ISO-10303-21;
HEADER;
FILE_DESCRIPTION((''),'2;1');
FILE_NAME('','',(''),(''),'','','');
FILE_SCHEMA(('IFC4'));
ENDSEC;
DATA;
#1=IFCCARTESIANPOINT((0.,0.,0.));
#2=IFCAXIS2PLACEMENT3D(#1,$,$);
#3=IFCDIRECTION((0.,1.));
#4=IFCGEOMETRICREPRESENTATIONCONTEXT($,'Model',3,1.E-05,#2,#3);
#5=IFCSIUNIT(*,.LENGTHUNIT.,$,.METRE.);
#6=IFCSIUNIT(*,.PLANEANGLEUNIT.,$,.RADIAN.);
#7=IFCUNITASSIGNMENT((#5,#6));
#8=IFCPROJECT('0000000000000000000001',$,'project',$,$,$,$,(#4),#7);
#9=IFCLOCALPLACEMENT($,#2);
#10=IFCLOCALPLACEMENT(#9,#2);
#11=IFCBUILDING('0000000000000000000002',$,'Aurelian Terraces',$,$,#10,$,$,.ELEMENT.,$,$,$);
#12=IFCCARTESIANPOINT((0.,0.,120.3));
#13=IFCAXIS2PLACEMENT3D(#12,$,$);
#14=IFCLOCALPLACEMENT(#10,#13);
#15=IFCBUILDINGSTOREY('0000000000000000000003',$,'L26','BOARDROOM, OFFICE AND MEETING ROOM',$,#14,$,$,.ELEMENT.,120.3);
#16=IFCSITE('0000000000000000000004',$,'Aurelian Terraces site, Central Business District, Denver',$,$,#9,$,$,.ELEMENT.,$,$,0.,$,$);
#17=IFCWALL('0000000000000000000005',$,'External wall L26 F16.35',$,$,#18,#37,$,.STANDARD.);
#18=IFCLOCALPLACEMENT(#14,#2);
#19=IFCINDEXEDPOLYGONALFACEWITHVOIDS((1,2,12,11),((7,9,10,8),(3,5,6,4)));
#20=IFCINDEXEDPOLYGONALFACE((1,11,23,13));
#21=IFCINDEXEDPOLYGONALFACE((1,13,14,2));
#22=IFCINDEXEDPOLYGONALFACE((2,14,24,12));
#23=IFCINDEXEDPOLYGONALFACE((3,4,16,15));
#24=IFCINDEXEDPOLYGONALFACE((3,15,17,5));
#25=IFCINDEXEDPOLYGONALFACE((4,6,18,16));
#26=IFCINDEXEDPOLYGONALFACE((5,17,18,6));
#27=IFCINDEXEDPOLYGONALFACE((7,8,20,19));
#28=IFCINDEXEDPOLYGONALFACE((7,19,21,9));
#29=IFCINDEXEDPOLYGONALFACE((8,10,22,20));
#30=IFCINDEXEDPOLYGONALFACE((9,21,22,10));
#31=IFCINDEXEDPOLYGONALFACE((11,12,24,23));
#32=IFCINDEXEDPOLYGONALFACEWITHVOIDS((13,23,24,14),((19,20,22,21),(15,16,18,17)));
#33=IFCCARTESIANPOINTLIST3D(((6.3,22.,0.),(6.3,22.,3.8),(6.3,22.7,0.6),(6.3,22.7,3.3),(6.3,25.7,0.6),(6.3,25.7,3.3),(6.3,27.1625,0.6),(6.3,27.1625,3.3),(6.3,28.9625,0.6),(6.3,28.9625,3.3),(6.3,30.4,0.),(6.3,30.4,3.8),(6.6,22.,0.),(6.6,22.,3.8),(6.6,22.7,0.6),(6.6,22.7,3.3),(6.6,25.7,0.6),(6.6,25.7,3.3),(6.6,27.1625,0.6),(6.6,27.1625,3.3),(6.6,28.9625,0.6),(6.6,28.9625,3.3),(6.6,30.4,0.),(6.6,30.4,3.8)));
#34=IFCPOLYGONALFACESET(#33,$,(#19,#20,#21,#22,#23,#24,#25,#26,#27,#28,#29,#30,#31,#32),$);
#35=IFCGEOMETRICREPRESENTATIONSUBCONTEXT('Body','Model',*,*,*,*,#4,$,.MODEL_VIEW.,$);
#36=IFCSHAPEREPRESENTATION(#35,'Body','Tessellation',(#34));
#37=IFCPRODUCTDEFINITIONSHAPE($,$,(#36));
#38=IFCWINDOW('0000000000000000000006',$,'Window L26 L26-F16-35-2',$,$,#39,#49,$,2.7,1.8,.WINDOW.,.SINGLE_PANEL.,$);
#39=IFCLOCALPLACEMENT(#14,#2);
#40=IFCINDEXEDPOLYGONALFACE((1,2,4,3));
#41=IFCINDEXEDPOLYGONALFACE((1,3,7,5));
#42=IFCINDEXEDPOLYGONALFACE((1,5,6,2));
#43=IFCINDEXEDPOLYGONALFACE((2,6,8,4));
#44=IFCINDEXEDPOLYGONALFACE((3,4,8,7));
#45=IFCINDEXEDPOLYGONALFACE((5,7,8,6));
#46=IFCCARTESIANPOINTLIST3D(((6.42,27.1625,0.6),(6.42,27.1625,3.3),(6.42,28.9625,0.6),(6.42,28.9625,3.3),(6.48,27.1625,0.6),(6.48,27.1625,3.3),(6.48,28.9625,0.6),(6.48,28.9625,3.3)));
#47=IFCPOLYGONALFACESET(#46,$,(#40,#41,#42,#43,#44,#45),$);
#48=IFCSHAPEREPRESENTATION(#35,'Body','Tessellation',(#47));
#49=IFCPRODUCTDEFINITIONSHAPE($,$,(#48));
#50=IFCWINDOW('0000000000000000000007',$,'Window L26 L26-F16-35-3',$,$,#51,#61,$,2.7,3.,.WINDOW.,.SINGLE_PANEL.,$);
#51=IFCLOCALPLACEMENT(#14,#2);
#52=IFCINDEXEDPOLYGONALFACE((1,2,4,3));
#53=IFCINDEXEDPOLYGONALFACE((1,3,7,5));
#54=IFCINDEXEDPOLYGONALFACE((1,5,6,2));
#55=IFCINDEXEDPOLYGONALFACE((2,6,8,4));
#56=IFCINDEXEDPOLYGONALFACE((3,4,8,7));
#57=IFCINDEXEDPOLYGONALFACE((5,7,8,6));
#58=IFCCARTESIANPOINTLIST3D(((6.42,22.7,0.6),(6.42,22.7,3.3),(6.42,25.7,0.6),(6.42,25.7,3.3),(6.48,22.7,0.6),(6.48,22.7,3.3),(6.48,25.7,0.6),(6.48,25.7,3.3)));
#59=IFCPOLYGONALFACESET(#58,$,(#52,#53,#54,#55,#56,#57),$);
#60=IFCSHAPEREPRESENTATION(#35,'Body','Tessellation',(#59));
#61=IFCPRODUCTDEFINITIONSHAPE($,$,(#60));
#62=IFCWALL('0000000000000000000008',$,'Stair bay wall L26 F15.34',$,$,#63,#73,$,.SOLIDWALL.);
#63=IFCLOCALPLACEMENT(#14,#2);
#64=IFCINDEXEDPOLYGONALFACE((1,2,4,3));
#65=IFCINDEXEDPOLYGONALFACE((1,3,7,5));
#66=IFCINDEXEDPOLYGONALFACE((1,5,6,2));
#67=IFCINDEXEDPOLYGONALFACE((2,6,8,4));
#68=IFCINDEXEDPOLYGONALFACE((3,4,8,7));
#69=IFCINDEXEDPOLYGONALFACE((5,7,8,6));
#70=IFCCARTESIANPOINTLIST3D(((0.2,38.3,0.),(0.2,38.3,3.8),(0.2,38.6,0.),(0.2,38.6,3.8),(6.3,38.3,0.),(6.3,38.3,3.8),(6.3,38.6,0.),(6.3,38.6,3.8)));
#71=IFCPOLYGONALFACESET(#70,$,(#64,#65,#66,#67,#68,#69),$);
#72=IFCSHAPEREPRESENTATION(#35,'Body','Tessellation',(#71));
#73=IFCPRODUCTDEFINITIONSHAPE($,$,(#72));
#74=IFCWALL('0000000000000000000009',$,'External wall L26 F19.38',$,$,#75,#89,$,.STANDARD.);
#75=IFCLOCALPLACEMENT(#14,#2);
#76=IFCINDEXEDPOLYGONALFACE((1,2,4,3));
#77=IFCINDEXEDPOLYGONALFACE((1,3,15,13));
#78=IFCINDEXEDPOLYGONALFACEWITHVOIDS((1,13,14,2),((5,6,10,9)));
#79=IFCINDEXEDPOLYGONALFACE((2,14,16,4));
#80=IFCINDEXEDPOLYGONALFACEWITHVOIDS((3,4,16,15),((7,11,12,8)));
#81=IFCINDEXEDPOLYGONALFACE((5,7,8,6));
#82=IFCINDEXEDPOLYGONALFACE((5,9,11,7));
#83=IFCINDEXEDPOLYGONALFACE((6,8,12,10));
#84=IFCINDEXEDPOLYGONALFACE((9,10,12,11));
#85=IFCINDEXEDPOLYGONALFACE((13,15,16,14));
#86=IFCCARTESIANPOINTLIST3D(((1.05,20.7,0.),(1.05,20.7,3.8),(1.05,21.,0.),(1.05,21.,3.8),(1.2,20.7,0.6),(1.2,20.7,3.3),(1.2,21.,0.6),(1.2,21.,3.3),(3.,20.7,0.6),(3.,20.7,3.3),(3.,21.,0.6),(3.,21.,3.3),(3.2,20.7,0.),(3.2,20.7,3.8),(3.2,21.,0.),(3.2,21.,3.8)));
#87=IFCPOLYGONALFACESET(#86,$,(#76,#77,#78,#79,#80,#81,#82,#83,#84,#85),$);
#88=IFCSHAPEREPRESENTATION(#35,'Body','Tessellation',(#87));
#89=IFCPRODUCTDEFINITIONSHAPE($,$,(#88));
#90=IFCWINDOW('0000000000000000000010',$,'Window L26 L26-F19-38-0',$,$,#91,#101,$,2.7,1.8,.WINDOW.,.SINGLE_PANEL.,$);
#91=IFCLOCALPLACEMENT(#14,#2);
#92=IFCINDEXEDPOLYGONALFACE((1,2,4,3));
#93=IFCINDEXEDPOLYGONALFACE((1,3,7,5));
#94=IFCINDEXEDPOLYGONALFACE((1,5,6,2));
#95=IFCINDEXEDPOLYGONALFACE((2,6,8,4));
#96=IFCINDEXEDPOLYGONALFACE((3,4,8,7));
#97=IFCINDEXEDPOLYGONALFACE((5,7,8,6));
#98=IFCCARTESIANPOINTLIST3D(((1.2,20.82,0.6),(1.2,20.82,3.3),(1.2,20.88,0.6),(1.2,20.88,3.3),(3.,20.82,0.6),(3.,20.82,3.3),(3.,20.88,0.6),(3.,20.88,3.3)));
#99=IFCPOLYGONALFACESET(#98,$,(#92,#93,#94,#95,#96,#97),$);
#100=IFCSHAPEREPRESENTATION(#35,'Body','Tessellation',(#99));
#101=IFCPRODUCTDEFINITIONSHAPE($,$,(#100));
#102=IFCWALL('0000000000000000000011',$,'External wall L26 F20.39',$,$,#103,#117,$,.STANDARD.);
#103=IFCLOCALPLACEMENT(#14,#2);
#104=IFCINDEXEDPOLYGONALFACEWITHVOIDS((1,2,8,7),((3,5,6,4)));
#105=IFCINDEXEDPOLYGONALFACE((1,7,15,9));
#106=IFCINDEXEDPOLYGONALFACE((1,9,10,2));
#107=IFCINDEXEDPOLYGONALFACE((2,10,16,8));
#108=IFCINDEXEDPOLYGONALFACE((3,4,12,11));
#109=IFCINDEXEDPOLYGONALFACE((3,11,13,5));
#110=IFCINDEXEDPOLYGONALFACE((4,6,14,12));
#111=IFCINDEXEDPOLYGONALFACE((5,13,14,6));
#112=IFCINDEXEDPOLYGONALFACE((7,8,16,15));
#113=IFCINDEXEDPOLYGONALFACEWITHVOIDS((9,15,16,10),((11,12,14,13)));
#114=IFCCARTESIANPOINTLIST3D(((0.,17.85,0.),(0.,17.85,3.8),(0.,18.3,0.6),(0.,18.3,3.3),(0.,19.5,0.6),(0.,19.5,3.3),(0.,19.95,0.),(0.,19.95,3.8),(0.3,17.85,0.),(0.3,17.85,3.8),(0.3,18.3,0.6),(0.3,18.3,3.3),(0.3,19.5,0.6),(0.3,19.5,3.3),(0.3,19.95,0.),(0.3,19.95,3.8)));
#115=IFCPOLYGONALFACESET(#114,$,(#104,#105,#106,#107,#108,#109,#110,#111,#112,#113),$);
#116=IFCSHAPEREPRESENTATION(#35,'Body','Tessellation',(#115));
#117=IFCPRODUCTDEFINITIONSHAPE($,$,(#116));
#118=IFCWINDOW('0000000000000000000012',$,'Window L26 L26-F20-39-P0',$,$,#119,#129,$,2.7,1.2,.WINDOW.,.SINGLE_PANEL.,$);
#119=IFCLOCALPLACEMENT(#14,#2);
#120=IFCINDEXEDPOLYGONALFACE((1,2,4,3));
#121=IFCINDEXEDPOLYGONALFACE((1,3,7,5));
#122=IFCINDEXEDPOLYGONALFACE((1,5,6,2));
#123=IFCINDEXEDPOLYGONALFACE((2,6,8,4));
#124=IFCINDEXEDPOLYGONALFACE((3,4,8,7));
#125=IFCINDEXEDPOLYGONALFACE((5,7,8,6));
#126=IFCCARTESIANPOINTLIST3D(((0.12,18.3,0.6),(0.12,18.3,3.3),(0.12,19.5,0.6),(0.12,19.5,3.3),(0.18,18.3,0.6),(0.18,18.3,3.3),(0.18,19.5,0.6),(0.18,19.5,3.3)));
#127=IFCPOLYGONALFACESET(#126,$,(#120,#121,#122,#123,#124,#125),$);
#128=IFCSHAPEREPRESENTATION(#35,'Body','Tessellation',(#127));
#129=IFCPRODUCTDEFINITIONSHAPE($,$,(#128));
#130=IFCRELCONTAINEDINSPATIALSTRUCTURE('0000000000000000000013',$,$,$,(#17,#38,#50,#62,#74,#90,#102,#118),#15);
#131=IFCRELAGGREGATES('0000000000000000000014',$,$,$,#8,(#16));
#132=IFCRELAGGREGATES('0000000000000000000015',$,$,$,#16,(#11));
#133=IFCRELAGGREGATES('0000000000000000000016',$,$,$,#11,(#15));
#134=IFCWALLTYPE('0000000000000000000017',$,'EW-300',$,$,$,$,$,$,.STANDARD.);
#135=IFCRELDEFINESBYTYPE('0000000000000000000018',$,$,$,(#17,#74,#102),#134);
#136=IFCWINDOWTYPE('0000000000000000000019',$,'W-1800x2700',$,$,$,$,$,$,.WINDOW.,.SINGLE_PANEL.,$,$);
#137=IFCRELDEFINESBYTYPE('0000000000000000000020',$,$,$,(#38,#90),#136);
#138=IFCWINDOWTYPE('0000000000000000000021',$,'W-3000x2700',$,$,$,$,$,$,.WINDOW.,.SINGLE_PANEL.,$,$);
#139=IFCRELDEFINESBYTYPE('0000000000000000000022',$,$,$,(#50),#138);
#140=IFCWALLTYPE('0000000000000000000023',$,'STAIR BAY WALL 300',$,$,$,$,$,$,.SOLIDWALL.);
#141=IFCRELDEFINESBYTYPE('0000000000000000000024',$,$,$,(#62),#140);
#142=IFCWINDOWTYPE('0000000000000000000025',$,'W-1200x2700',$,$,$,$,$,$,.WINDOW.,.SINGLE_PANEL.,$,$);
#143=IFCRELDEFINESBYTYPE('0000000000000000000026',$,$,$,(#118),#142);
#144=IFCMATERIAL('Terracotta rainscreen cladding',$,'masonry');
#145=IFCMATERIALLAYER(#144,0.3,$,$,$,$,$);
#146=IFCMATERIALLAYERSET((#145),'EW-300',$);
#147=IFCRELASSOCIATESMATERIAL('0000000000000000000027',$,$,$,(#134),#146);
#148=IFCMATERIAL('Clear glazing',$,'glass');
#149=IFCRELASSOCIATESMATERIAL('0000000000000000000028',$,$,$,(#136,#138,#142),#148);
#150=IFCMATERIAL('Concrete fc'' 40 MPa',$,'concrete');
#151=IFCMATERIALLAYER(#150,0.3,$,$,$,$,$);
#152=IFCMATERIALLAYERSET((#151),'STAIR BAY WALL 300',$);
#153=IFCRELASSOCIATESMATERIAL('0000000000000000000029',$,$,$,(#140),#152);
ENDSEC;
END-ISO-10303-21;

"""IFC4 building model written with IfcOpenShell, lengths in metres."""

from ifc_helpers import new_model, si_unit, direction, frame, frame_2d, origin, place, context, subcontext, project, spatial, rectangle, extrude, source, transform, mapped, material, layer, layer_set, type_object, element, fill, save


model = new_model("IFC4")

# Units and contexts
model_context = context("Model", 3, precision=1e-05, world=origin(), true_north=direction((0.0, 1.0)))
body_context = subcontext(model_context, "Body", "Model", "MODEL_VIEW")
ifc_project = project(units=[si_unit("LENGTHUNIT", "METRE"), si_unit("PLANEANGLEUNIT", "RADIAN")], contexts=[model_context])

# Site, building, storey
site_placement = place(None, origin())
site = spatial("IfcSite", under=ifc_project, at=site_placement, Name="Aurelian Terraces site, Central Business District, Denver", CompositionType="ELEMENT", RefElevation=0.0)
building_placement = place(site_placement, origin())
building = spatial("IfcBuilding", under=site, at=building_placement, Name="Aurelian Terraces", CompositionType="ELEMENT")
storey_placement = place(building_placement, frame((0.0, 0.0, 120.3)))
storey = spatial("IfcBuildingStorey", under=building, at=storey_placement, Name="L26", Description="BOARDROOM, OFFICE AND MEETING ROOM", CompositionType="ELEMENT", Elevation=120.3)

# Shared definitions
ifc_material_1 = material(Name="Concrete fc' 40 MPa", Category="concrete")

# Shared definitions
ifc_material_2 = material(Name="Terracotta rainscreen cladding", Category="masonry")
ifc_layer_1 = layer(ifc_material_2, 0.3)
ifc_layer_set_1 = layer_set([ifc_layer_1], Name="EW-300")
wall_type_1 = type_object("IfcWallType", Name="EW-300", PredefinedType="STANDARD", material=ifc_layer_set_1)
shared_shape_1 = source(origin(), body_context, "Body", "SweptSolid", [
    extrude(rectangle(XDim=1.8, YDim=2.7, at=frame_2d((0.9, 1.35))), frame((0.0, 0.16, 0.0), z_axis=(0.0, -1.0, 0.0), x_axis=(1.0, 0.0, 0.0)), (0.0, 0.0, 1.0), 0.32),
])
ifc_material_3 = material(Name="Clear glazing", Category="glass")
window_type_1 = type_object("IfcWindowType", Name="W-1800x2700", PartitioningType="SINGLE_PANEL", PredefinedType="WINDOW", material=ifc_material_3)
shared_shape_2 = source(origin(), body_context, "Body", "SweptSolid", [
    extrude(rectangle(XDim=1.8, YDim=2.7, at=frame_2d((0.9, 1.35))), frame((0.0, 0.03, 0.0), z_axis=(0.0, -1.0, 0.0), x_axis=(1.0, 0.0, 0.0)), (0.0, 0.0, 1.0), 0.06),
])
ifc_layer_2 = layer(ifc_material_1, 0.3)
ifc_layer_set_2 = layer_set([ifc_layer_2], Name="STAIR BAY WALL 300")
wall_type_2 = type_object("IfcWallType", Name="STAIR BAY WALL 300", PredefinedType="SOLIDWALL", material=ifc_layer_set_2)

# Wall, openings, windows
shared_shape_3 = source(origin(), body_context, "Body", "SweptSolid", [
    extrude(rectangle(XDim=8.4, YDim=0.3, at=frame_2d((4.2, 0.0))), origin(), (0.0, 0.0, 1.0), 3.8),
])
wall_1_placement = place(storey_placement, frame((6.45, 30.4, 0.0), z_axis=(0.0, 0.0, 1.0), x_axis=(0.0, -1.0, 0.0)))
wall_1 = element("IfcWall", 1, at=wall_1_placement, inside=storey, type_object=wall_type_1, Name="External wall L26 F16.35", PredefinedType="STANDARD", context=body_context, shape_type="MappedRepresentation", body=[
    mapped(shared_shape_3, transform((0.0, 0.0, 0.0), scale=1.0)),
])
opening_1_placement = place(wall_1_placement, frame((1.4375, 0.0, 0.6)))
opening_1 = element("IfcOpeningElement", 2, at=opening_1_placement, cuts=wall_1, PredefinedType="OPENING", context=body_context, shape_type="MappedRepresentation", body=[
    mapped(shared_shape_1, transform((0.0, 0.0, 0.0), scale=1.0)),
])
shared_shape_4 = source(origin(), body_context, "Body", "SweptSolid", [
    extrude(rectangle(XDim=3.0, YDim=2.7, at=frame_2d((1.5, 1.35))), frame((0.0, 0.16, 0.0), z_axis=(0.0, -1.0, 0.0), x_axis=(1.0, 0.0, 0.0)), (0.0, 0.0, 1.0), 0.32),
])
opening_2_placement = place(wall_1_placement, frame((4.7, 0.0, 0.6)))
opening_2 = element("IfcOpeningElement", 3, at=opening_2_placement, cuts=wall_1, PredefinedType="OPENING", context=body_context, shape_type="MappedRepresentation", body=[
    mapped(shared_shape_4, transform((0.0, 0.0, 0.0), scale=1.0)),
])
window_1_placement = place(opening_1_placement, origin())
window_1 = element("IfcWindow", 4, at=window_1_placement, inside=storey, type_object=window_type_1, Name="Window L26 L26-F16-35-2", OverallHeight=2.7, OverallWidth=1.8, PartitioningType="SINGLE_PANEL", PredefinedType="WINDOW", context=body_context, shape_type="MappedRepresentation", body=[
    mapped(shared_shape_2, transform((0.0, 0.0, 0.0), scale=1.0)),
])
fill(opening_1, window_1)
window_type_2 = type_object("IfcWindowType", Name="W-3000x2700", PartitioningType="SINGLE_PANEL", PredefinedType="WINDOW", material=ifc_material_3)
shared_shape_5 = source(origin(), body_context, "Body", "SweptSolid", [
    extrude(rectangle(XDim=3.0, YDim=2.7, at=frame_2d((1.5, 1.35))), frame((0.0, 0.03, 0.0), z_axis=(0.0, -1.0, 0.0), x_axis=(1.0, 0.0, 0.0)), (0.0, 0.0, 1.0), 0.06),
])
window_2_placement = place(opening_2_placement, origin())
window_2 = element("IfcWindow", 5, at=window_2_placement, inside=storey, type_object=window_type_2, Name="Window L26 L26-F16-35-3", OverallHeight=2.7, OverallWidth=3.0, PartitioningType="SINGLE_PANEL", PredefinedType="WINDOW", context=body_context, shape_type="MappedRepresentation", body=[
    mapped(shared_shape_5, transform((0.0, 0.0, 0.0), scale=1.0)),
])
fill(opening_2, window_2)

# Wall
shared_shape_6 = source(origin(), body_context, "Body", "SweptSolid", [
    extrude(rectangle(XDim=6.1, YDim=0.3, at=frame_2d((3.05, 0.0))), origin(), (0.0, 0.0, 1.0), 3.8),
])
wall_2_placement = place(storey_placement, frame((0.2, 38.45, 0.0), z_axis=(0.0, 0.0, 1.0), x_axis=(1.0, 0.0, 0.0)))
element("IfcWall", 6, at=wall_2_placement, inside=storey, type_object=wall_type_2, Name="Stair bay wall L26 F15.34", PredefinedType="SOLIDWALL", context=body_context, shape_type="MappedRepresentation", body=[
    mapped(shared_shape_6, transform((0.0, 0.0, 0.0), scale=1.0)),
])

# Walls, openings, windows
shared_shape_7 = source(origin(), body_context, "Body", "SweptSolid", [
    extrude(rectangle(XDim=2.15, YDim=0.3, at=frame_2d((1.075, 0.0))), origin(), (0.0, 0.0, 1.0), 3.8),
])
wall_3_placement = place(storey_placement, frame((3.2, 20.85, 0.0), z_axis=(0.0, 0.0, 1.0), x_axis=(-1.0, 0.0, 0.0)))
wall_3 = element("IfcWall", 7, at=wall_3_placement, inside=storey, type_object=wall_type_1, Name="External wall L26 F19.38", PredefinedType="STANDARD", context=body_context, shape_type="MappedRepresentation", body=[
    mapped(shared_shape_7, transform((0.0, 0.0, 0.0), scale=1.0)),
])
opening_3_placement = place(wall_3_placement, frame((0.2, 0.0, 0.6)))
opening_3 = element("IfcOpeningElement", 8, at=opening_3_placement, cuts=wall_3, PredefinedType="OPENING", context=body_context, shape_type="MappedRepresentation", body=[
    mapped(shared_shape_1, transform((0.0, 0.0, 0.0), scale=1.0)),
])
window_3_placement = place(opening_3_placement, origin())
window_3 = element("IfcWindow", 9, at=window_3_placement, inside=storey, type_object=window_type_1, Name="Window L26 L26-F19-38-0", OverallHeight=2.7, OverallWidth=1.8, PartitioningType="SINGLE_PANEL", PredefinedType="WINDOW", context=body_context, shape_type="MappedRepresentation", body=[
    mapped(shared_shape_2, transform((0.0, 0.0, 0.0), scale=1.0)),
])
fill(opening_3, window_3)
shared_shape_8 = source(origin(), body_context, "Body", "SweptSolid", [
    extrude(rectangle(XDim=2.1, YDim=0.3, at=frame_2d((1.05, 0.0))), origin(), (0.0, 0.0, 1.0), 3.8),
])
wall_4_placement = place(storey_placement, frame((0.15, 19.95, 0.0), z_axis=(0.0, 0.0, 1.0), x_axis=(0.0, -1.0, 0.0)))
wall_4 = element("IfcWall", 10, at=wall_4_placement, inside=storey, type_object=wall_type_1, Name="External wall L26 F20.39", PredefinedType="STANDARD", context=body_context, shape_type="MappedRepresentation", body=[
    mapped(shared_shape_8, transform((0.0, 0.0, 0.0), scale=1.0)),
])
shared_shape_9 = source(origin(), body_context, "Body", "SweptSolid", [
    extrude(rectangle(XDim=1.2, YDim=2.7, at=frame_2d((0.6, 1.35))), frame((0.0, 0.16, 0.0), z_axis=(0.0, -1.0, 0.0), x_axis=(1.0, 0.0, 0.0)), (0.0, 0.0, 1.0), 0.32),
])
opening_4_placement = place(wall_4_placement, frame((0.45, 0.0, 0.6)))
opening_4 = element("IfcOpeningElement", 11, at=opening_4_placement, cuts=wall_4, PredefinedType="OPENING", context=body_context, shape_type="MappedRepresentation", body=[
    mapped(shared_shape_9, transform((0.0, 0.0, 0.0), scale=1.0)),
])
window_type_3 = type_object("IfcWindowType", Name="W-1200x2700", PartitioningType="SINGLE_PANEL", PredefinedType="WINDOW", material=ifc_material_3)
shared_shape_10 = source(origin(), body_context, "Body", "SweptSolid", [
    extrude(rectangle(XDim=1.2, YDim=2.7, at=frame_2d((0.6, 1.35))), frame((0.0, 0.03, 0.0), z_axis=(0.0, -1.0, 0.0), x_axis=(1.0, 0.0, 0.0)), (0.0, 0.0, 1.0), 0.06),
])
window_4_placement = place(opening_4_placement, origin())
window_4 = element("IfcWindow", 12, at=window_4_placement, inside=storey, type_object=window_type_3, Name="Window L26 L26-F20-39-P0", OverallHeight=2.7, OverallWidth=1.2, PartitioningType="SINGLE_PANEL", PredefinedType="WINDOW", context=body_context, shape_type="MappedRepresentation", body=[
    mapped(shared_shape_10, transform((0.0, 0.0, 0.0), scale=1.0)),
])
fill(opening_4, window_4)

save(model, "model.ifc")
